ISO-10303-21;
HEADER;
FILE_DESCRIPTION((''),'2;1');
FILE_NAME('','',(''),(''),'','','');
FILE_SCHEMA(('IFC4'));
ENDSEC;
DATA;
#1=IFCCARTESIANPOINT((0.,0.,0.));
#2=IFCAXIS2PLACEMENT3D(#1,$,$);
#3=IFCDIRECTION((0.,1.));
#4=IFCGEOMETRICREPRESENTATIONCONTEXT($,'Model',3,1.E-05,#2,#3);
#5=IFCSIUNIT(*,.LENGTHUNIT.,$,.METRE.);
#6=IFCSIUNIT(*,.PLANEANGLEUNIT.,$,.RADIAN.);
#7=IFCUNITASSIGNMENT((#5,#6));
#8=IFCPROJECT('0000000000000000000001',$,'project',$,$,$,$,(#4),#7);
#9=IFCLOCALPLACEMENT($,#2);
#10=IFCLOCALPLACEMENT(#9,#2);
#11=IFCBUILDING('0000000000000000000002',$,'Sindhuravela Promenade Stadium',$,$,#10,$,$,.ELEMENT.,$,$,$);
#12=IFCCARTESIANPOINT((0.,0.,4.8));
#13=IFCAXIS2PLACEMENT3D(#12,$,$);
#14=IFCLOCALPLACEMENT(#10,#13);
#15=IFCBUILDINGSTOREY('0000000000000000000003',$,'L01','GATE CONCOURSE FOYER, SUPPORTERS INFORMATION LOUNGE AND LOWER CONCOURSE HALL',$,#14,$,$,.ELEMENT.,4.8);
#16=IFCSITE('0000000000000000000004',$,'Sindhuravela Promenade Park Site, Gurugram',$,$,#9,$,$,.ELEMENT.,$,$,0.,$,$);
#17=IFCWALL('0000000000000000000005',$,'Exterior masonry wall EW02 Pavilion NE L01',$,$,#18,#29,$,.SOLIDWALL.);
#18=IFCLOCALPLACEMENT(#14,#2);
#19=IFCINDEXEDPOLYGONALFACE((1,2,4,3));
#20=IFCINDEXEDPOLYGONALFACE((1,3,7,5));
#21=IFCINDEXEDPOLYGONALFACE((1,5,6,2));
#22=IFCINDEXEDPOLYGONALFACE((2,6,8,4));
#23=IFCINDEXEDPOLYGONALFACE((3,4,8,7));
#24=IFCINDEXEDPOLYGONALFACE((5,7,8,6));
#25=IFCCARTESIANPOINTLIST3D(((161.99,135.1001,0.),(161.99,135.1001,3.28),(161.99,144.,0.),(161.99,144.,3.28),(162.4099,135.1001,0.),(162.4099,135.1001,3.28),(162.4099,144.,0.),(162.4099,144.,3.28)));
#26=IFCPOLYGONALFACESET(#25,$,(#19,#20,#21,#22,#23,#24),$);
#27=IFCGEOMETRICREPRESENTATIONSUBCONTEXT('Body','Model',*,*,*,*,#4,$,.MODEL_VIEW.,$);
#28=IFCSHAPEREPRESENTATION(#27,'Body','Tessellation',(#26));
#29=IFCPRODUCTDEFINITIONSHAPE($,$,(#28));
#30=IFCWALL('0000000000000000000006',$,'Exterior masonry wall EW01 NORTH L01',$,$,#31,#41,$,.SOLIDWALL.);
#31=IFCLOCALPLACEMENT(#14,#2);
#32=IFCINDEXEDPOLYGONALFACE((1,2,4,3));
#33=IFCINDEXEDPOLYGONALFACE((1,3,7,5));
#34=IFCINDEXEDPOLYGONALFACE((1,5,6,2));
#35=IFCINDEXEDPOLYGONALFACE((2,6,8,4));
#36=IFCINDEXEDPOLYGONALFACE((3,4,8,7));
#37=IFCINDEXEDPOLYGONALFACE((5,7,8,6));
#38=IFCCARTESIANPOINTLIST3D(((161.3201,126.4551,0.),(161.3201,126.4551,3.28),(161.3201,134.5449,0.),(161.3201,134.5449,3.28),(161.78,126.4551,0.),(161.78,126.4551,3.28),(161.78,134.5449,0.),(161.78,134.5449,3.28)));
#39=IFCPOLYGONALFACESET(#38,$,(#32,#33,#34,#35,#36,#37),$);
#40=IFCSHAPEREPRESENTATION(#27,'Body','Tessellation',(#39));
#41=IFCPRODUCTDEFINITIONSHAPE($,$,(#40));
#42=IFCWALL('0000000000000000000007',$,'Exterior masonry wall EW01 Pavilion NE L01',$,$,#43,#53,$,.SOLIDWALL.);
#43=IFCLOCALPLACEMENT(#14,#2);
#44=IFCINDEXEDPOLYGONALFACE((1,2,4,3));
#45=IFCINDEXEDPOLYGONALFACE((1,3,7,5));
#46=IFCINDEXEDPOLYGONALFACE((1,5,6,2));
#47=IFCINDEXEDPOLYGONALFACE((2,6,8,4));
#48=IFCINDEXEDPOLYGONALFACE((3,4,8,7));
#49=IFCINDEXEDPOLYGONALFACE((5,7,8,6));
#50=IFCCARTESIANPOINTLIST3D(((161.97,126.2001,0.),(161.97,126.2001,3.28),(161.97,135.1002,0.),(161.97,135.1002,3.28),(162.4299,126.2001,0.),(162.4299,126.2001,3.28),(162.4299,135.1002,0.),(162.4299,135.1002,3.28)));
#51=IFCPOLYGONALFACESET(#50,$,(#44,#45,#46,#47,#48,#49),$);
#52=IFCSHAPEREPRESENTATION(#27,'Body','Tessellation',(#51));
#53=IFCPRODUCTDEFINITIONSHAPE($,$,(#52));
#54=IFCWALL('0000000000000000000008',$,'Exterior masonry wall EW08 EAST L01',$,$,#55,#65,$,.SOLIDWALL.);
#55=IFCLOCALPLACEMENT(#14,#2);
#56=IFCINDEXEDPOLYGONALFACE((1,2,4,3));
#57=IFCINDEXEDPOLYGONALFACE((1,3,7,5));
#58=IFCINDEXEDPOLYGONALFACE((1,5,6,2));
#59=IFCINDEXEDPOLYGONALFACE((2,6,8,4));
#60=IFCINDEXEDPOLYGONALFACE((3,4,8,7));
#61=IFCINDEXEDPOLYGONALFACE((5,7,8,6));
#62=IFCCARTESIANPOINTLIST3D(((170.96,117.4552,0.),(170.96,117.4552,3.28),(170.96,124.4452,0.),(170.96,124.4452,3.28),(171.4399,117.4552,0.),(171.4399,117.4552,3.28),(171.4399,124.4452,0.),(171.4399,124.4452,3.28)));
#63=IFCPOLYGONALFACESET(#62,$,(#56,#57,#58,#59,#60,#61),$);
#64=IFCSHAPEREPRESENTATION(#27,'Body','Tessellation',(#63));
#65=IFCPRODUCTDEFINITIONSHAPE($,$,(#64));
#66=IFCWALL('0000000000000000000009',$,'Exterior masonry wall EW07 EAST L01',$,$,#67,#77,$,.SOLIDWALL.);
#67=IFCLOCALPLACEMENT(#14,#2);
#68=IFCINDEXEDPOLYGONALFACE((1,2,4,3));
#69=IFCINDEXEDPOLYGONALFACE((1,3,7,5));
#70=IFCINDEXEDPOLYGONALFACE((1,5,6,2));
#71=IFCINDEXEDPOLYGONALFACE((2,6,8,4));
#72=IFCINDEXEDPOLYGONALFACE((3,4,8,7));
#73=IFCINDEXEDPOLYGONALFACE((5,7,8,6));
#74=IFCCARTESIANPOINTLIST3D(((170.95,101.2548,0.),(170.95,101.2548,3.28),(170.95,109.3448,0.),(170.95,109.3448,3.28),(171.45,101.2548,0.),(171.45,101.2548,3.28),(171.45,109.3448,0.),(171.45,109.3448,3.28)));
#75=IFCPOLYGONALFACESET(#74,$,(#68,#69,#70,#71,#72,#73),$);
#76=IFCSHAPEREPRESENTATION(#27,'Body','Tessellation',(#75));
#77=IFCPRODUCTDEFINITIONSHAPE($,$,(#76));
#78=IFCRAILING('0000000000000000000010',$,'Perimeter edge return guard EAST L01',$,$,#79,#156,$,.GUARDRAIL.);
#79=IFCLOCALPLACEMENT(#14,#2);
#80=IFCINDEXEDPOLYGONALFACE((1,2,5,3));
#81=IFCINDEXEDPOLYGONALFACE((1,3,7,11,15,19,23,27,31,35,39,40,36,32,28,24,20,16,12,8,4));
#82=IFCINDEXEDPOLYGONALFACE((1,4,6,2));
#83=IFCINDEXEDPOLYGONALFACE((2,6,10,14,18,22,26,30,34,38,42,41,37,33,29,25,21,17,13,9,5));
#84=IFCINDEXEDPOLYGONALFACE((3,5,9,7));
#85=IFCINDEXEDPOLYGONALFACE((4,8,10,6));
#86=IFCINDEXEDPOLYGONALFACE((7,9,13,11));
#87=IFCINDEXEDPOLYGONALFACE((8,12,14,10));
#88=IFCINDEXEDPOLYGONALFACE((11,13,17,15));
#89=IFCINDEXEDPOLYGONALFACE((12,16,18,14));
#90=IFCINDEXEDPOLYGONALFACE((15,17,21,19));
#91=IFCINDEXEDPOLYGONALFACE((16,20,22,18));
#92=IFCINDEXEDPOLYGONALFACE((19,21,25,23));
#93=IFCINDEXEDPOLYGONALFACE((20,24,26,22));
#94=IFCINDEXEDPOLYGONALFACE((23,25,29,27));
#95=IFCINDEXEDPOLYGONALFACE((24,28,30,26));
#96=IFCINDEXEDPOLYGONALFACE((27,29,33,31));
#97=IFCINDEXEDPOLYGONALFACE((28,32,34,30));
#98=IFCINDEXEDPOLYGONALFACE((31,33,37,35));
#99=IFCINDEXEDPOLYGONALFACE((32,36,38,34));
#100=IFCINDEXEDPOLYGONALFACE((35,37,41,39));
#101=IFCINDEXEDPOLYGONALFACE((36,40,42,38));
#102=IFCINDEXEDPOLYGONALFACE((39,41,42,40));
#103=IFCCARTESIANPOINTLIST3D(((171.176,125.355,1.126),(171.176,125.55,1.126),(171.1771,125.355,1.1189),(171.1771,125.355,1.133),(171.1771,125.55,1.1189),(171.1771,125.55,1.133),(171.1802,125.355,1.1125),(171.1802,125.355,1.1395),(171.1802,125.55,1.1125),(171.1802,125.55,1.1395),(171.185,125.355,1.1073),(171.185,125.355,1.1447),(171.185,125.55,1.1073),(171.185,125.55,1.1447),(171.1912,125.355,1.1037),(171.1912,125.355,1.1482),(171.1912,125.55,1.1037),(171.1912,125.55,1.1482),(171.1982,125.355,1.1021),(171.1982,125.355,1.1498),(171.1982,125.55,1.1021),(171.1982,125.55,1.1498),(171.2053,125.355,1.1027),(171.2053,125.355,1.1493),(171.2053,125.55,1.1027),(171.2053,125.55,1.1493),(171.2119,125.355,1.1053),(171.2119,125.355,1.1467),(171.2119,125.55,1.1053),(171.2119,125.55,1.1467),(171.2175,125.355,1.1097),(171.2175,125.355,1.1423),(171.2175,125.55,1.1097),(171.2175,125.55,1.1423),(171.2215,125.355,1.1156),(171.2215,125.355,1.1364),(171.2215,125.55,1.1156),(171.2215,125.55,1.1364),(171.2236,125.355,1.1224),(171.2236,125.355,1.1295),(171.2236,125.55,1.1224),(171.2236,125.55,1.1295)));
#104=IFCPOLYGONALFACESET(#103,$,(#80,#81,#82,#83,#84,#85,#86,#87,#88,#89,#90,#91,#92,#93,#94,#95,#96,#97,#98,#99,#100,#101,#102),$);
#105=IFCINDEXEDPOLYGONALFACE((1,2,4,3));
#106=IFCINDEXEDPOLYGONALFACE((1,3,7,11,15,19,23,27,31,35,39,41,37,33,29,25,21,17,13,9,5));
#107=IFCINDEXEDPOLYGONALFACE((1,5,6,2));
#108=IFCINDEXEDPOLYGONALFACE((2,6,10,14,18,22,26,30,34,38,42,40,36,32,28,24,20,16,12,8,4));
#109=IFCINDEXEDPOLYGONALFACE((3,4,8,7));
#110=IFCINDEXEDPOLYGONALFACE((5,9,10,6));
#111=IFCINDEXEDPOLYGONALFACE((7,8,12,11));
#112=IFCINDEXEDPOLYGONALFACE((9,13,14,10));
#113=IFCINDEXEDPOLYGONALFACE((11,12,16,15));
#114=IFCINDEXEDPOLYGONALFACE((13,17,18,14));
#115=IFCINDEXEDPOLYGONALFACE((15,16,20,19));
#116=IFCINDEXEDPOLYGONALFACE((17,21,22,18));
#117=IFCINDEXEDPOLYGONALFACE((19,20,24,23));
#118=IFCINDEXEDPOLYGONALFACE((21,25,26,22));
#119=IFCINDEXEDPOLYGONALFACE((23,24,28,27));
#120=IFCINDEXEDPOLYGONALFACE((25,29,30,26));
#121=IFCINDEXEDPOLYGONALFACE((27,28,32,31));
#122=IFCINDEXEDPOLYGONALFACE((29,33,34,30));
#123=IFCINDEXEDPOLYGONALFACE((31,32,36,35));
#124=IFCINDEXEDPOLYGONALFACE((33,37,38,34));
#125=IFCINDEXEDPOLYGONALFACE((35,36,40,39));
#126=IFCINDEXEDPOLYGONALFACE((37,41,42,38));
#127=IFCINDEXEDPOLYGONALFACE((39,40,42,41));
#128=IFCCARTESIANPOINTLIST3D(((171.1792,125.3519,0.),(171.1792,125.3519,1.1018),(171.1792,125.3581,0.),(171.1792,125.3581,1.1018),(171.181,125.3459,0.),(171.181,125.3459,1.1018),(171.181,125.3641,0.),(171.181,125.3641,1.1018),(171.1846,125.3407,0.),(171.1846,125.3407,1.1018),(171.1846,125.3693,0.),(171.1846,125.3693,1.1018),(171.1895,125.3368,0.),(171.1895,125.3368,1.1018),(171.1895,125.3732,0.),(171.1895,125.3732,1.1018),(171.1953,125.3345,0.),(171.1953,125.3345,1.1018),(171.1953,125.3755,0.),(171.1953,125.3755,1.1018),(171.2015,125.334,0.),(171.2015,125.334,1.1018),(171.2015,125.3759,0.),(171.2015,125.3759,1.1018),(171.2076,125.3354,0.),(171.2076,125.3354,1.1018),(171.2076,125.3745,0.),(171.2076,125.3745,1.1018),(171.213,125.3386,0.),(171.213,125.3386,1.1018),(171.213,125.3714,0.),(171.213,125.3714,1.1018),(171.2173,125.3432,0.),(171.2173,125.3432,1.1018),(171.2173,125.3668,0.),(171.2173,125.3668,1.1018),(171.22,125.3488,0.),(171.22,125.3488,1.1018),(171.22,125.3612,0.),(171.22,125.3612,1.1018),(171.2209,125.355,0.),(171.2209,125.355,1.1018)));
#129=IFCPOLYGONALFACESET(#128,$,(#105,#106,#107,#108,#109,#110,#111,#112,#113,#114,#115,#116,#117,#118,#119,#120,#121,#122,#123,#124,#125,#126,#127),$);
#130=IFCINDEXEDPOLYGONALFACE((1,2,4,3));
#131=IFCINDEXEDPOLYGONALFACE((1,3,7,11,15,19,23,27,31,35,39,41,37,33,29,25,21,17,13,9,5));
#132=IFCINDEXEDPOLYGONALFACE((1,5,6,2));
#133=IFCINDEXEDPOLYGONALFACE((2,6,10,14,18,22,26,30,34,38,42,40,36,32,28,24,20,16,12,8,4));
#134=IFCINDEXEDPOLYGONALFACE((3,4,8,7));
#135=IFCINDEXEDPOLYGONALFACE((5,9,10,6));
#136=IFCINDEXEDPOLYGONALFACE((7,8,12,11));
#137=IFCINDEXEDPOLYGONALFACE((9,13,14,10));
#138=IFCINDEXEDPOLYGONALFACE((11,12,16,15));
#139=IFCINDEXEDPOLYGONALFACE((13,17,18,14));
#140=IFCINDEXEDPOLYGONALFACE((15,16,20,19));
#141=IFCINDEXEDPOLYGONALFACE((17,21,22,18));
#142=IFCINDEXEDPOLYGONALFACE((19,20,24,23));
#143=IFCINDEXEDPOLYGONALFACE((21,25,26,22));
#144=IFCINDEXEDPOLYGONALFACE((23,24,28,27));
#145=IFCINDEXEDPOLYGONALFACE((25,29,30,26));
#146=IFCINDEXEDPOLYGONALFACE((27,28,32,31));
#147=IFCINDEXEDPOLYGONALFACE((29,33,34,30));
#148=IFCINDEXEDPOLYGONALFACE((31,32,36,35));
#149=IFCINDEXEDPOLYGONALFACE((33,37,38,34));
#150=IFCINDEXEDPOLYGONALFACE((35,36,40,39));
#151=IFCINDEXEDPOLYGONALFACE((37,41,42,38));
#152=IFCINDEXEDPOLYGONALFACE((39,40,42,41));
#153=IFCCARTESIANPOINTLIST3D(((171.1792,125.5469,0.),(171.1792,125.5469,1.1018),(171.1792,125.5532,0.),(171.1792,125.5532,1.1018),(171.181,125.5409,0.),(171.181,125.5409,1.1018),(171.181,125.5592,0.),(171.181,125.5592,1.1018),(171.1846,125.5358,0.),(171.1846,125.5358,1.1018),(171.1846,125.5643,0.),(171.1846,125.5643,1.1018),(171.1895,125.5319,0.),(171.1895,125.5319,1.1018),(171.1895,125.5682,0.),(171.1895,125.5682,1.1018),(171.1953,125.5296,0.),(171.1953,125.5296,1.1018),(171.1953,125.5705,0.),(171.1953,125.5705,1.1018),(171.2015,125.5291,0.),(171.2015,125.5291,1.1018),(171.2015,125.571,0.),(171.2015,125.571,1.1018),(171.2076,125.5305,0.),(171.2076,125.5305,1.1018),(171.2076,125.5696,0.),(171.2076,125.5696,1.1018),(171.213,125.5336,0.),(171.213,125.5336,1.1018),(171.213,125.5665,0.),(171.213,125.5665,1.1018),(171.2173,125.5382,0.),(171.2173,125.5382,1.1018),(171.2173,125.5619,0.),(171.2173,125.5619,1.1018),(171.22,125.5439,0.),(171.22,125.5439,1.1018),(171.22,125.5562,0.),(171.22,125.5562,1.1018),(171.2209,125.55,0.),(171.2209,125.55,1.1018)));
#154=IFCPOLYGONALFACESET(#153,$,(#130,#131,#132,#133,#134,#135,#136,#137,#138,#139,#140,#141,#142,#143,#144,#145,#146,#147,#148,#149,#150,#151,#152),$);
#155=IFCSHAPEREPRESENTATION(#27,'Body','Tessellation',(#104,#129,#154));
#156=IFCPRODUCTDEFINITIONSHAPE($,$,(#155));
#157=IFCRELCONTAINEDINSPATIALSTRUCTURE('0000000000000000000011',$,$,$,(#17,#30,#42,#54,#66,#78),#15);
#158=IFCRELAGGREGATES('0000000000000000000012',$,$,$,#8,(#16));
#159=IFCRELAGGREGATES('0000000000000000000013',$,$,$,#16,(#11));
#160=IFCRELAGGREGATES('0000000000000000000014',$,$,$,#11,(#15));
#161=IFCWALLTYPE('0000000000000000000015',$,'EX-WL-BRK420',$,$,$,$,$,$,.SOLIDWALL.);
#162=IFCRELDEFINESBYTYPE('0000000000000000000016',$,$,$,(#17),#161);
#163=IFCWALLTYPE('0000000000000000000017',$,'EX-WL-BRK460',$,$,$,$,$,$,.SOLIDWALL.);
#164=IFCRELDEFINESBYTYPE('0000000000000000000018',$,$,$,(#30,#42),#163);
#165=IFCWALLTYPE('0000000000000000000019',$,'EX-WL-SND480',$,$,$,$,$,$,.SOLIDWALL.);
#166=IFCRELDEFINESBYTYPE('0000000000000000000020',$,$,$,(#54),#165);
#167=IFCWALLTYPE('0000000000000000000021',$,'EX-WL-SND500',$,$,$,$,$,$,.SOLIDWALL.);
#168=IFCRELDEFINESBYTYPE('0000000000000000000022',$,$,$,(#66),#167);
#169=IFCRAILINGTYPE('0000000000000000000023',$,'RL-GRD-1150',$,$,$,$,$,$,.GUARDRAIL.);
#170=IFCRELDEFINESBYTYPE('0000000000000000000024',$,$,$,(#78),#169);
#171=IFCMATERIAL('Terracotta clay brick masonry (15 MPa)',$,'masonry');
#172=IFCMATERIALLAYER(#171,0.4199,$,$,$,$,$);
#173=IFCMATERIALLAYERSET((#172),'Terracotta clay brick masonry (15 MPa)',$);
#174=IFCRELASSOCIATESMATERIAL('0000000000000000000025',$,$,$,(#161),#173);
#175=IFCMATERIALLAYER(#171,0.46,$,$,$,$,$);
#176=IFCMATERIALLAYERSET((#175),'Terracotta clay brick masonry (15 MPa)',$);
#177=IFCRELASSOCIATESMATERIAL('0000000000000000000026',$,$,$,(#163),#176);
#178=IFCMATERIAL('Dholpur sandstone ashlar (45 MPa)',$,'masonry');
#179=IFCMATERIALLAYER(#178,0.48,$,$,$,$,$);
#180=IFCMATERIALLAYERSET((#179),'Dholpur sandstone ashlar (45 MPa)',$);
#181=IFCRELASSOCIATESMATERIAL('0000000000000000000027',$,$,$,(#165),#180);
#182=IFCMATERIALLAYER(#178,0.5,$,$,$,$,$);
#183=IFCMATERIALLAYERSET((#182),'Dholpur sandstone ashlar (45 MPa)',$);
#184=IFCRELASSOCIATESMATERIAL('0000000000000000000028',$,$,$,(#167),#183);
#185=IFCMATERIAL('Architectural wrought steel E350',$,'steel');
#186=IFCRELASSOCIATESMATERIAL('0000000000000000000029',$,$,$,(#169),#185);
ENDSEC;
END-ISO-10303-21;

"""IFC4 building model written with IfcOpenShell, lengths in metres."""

from ifc_helpers import new_model, si_unit, direction, frame, frame_2d, origin, origin_2d, place, context, subcontext, project, spatial, rectangle, circle, extrude, material, layer, layer_set, type_object, element, save


model = new_model("IFC4")

# Units and contexts
model_context = context("Model", 3, precision=1e-05, world=origin(), true_north=direction((0.0, 1.0)))
body_context = subcontext(model_context, "Body", "Model", "MODEL_VIEW")
ifc_project = project(units=[si_unit("LENGTHUNIT", "METRE"), si_unit("PLANEANGLEUNIT", "RADIAN")], contexts=[model_context])

# Site, building, storey
site_placement = place(None, origin())
site = spatial("IfcSite", under=ifc_project, at=site_placement, Name="Sindhuravela Promenade Park Site, Gurugram", CompositionType="ELEMENT", RefElevation=0.0)
building_placement = place(site_placement, origin())
building = spatial("IfcBuilding", under=site, at=building_placement, Name="Sindhuravela Promenade Stadium", CompositionType="ELEMENT")
storey_placement = place(building_placement, frame((0.0, 0.0, 4.8)))
storey = spatial("IfcBuildingStorey", under=building, at=storey_placement, Name="L01", Description="GATE CONCOURSE FOYER, SUPPORTERS INFORMATION LOUNGE AND LOWER CONCOURSE HALL", CompositionType="ELEMENT", Elevation=4.8)

# Walls
ifc_material_1 = material(Name="Terracotta clay brick masonry (15 MPa)", Category="masonry")
ifc_layer_1 = layer(ifc_material_1, 0.4199)
ifc_layer_set_1 = layer_set([ifc_layer_1], Name="Terracotta clay brick masonry (15 MPa)")
wall_type_1 = type_object("IfcWallType", Name="EX-WL-BRK420", PredefinedType="SOLIDWALL", material=ifc_layer_set_1)
wall_1_placement = place(storey_placement, frame((162.2, 135.1001, 0.0), z_axis=(0.0, 0.0, 1.0), x_axis=(0.0, 1.0, 0.0)))
element("IfcWall", 1, at=wall_1_placement, inside=storey, type_object=wall_type_1, Name="Exterior masonry wall EW02 Pavilion NE L01", PredefinedType="SOLIDWALL", context=body_context, shape_type="SweptSolid", body=[
    extrude(rectangle(XDim=8.8999, YDim=0.4199, at=frame_2d((4.45, 0.0))), origin(), (0.0, 0.0, 1.0), 3.28),
])
ifc_layer_2 = layer(ifc_material_1, 0.46)
ifc_layer_set_2 = layer_set([ifc_layer_2], Name="Terracotta clay brick masonry (15 MPa)")
wall_type_2 = type_object("IfcWallType", Name="EX-WL-BRK460", PredefinedType="SOLIDWALL", material=ifc_layer_set_2)
wall_2_placement = place(storey_placement, frame((161.55, 134.5449, 0.0), z_axis=(0.0, 0.0, 1.0), x_axis=(0.0, -1.0, 0.0)))
element("IfcWall", 2, at=wall_2_placement, inside=storey, type_object=wall_type_2, Name="Exterior masonry wall EW01 NORTH L01", PredefinedType="SOLIDWALL", context=body_context, shape_type="SweptSolid", body=[
    extrude(rectangle(XDim=8.0898, YDim=0.46, at=frame_2d((4.0449, 0.0))), origin(), (0.0, 0.0, 1.0), 3.28),
])
wall_3_placement = place(storey_placement, frame((162.2, 126.2, 0.0), z_axis=(0.0, 0.0, 1.0), x_axis=(0.0, 1.0, 0.0)))
element("IfcWall", 3, at=wall_3_placement, inside=storey, type_object=wall_type_2, Name="Exterior masonry wall EW01 Pavilion NE L01", PredefinedType="SOLIDWALL", context=body_context, shape_type="SweptSolid", body=[
    extrude(rectangle(XDim=8.9001, YDim=0.46, at=frame_2d((4.4502, 0.0))), origin(), (0.0, 0.0, 1.0), 3.28),
])
ifc_material_2 = material(Name="Dholpur sandstone ashlar (45 MPa)", Category="masonry")
ifc_layer_3 = layer(ifc_material_2, 0.48)
ifc_layer_set_3 = layer_set([ifc_layer_3], Name="Dholpur sandstone ashlar (45 MPa)")
wall_type_3 = type_object("IfcWallType", Name="EX-WL-SND480", PredefinedType="SOLIDWALL", material=ifc_layer_set_3)
wall_4_placement = place(storey_placement, frame((171.2, 117.4551, 0.0), z_axis=(0.0, 0.0, 1.0), x_axis=(0.0, 1.0, 0.0)))
element("IfcWall", 4, at=wall_4_placement, inside=storey, type_object=wall_type_3, Name="Exterior masonry wall EW08 EAST L01", PredefinedType="SOLIDWALL", context=body_context, shape_type="SweptSolid", body=[
    extrude(rectangle(XDim=6.99, YDim=0.48, at=frame_2d((3.4951, 0.0))), origin(), (0.0, 0.0, 1.0), 3.28),
])
ifc_layer_4 = layer(ifc_material_2, 0.5)
ifc_layer_set_4 = layer_set([ifc_layer_4], Name="Dholpur sandstone ashlar (45 MPa)")
wall_type_4 = type_object("IfcWallType", Name="EX-WL-SND500", PredefinedType="SOLIDWALL", material=ifc_layer_set_4)
wall_5_placement = place(storey_placement, frame((171.2, 101.2549, 0.0), z_axis=(0.0, 0.0, 1.0), x_axis=(0.0, 1.0, 0.0)))
element("IfcWall", 5, at=wall_5_placement, inside=storey, type_object=wall_type_4, Name="Exterior masonry wall EW07 EAST L01", PredefinedType="SOLIDWALL", context=body_context, shape_type="SweptSolid", body=[
    extrude(rectangle(XDim=8.0901, YDim=0.5, at=frame_2d((4.0449, 0.0))), origin(), (0.0, 0.0, 1.0), 3.28),
])

# Railing
ifc_material_3 = material(Name="Architectural wrought steel E350", Category="steel")
railing_type = type_object("IfcRailingType", Name="RL-GRD-1150", PredefinedType="GUARDRAIL", material=ifc_material_3)
railing_1_placement = place(storey_placement, frame((171.2, 125.355, 0.0)))
element("IfcRailing", 6, at=railing_1_placement, inside=storey, type_object=railing_type, Name="Perimeter edge return guard EAST L01", PredefinedType="GUARDRAIL", context=body_context, shape_type="SweptSolid", body=[
    extrude(circle(Radius=0.0239, at=origin_2d()), frame((0.0, 0.0, 1.126), z_axis=(0.0, 1.0, 0.0), x_axis=(-1.0, 0.0, 0.0)), (0.0, 0.0, 1.0), 0.1951),
    extrude(circle(Radius=0.021, at=origin_2d()), origin(), (0.0, 0.0, 1.0), 1.1018),
    extrude(circle(Radius=0.021, at=origin_2d()), frame((0.0, 0.1951, 0.0)), (0.0, 0.0, 1.0), 1.1018),
])

save(model, "model.ifc")
